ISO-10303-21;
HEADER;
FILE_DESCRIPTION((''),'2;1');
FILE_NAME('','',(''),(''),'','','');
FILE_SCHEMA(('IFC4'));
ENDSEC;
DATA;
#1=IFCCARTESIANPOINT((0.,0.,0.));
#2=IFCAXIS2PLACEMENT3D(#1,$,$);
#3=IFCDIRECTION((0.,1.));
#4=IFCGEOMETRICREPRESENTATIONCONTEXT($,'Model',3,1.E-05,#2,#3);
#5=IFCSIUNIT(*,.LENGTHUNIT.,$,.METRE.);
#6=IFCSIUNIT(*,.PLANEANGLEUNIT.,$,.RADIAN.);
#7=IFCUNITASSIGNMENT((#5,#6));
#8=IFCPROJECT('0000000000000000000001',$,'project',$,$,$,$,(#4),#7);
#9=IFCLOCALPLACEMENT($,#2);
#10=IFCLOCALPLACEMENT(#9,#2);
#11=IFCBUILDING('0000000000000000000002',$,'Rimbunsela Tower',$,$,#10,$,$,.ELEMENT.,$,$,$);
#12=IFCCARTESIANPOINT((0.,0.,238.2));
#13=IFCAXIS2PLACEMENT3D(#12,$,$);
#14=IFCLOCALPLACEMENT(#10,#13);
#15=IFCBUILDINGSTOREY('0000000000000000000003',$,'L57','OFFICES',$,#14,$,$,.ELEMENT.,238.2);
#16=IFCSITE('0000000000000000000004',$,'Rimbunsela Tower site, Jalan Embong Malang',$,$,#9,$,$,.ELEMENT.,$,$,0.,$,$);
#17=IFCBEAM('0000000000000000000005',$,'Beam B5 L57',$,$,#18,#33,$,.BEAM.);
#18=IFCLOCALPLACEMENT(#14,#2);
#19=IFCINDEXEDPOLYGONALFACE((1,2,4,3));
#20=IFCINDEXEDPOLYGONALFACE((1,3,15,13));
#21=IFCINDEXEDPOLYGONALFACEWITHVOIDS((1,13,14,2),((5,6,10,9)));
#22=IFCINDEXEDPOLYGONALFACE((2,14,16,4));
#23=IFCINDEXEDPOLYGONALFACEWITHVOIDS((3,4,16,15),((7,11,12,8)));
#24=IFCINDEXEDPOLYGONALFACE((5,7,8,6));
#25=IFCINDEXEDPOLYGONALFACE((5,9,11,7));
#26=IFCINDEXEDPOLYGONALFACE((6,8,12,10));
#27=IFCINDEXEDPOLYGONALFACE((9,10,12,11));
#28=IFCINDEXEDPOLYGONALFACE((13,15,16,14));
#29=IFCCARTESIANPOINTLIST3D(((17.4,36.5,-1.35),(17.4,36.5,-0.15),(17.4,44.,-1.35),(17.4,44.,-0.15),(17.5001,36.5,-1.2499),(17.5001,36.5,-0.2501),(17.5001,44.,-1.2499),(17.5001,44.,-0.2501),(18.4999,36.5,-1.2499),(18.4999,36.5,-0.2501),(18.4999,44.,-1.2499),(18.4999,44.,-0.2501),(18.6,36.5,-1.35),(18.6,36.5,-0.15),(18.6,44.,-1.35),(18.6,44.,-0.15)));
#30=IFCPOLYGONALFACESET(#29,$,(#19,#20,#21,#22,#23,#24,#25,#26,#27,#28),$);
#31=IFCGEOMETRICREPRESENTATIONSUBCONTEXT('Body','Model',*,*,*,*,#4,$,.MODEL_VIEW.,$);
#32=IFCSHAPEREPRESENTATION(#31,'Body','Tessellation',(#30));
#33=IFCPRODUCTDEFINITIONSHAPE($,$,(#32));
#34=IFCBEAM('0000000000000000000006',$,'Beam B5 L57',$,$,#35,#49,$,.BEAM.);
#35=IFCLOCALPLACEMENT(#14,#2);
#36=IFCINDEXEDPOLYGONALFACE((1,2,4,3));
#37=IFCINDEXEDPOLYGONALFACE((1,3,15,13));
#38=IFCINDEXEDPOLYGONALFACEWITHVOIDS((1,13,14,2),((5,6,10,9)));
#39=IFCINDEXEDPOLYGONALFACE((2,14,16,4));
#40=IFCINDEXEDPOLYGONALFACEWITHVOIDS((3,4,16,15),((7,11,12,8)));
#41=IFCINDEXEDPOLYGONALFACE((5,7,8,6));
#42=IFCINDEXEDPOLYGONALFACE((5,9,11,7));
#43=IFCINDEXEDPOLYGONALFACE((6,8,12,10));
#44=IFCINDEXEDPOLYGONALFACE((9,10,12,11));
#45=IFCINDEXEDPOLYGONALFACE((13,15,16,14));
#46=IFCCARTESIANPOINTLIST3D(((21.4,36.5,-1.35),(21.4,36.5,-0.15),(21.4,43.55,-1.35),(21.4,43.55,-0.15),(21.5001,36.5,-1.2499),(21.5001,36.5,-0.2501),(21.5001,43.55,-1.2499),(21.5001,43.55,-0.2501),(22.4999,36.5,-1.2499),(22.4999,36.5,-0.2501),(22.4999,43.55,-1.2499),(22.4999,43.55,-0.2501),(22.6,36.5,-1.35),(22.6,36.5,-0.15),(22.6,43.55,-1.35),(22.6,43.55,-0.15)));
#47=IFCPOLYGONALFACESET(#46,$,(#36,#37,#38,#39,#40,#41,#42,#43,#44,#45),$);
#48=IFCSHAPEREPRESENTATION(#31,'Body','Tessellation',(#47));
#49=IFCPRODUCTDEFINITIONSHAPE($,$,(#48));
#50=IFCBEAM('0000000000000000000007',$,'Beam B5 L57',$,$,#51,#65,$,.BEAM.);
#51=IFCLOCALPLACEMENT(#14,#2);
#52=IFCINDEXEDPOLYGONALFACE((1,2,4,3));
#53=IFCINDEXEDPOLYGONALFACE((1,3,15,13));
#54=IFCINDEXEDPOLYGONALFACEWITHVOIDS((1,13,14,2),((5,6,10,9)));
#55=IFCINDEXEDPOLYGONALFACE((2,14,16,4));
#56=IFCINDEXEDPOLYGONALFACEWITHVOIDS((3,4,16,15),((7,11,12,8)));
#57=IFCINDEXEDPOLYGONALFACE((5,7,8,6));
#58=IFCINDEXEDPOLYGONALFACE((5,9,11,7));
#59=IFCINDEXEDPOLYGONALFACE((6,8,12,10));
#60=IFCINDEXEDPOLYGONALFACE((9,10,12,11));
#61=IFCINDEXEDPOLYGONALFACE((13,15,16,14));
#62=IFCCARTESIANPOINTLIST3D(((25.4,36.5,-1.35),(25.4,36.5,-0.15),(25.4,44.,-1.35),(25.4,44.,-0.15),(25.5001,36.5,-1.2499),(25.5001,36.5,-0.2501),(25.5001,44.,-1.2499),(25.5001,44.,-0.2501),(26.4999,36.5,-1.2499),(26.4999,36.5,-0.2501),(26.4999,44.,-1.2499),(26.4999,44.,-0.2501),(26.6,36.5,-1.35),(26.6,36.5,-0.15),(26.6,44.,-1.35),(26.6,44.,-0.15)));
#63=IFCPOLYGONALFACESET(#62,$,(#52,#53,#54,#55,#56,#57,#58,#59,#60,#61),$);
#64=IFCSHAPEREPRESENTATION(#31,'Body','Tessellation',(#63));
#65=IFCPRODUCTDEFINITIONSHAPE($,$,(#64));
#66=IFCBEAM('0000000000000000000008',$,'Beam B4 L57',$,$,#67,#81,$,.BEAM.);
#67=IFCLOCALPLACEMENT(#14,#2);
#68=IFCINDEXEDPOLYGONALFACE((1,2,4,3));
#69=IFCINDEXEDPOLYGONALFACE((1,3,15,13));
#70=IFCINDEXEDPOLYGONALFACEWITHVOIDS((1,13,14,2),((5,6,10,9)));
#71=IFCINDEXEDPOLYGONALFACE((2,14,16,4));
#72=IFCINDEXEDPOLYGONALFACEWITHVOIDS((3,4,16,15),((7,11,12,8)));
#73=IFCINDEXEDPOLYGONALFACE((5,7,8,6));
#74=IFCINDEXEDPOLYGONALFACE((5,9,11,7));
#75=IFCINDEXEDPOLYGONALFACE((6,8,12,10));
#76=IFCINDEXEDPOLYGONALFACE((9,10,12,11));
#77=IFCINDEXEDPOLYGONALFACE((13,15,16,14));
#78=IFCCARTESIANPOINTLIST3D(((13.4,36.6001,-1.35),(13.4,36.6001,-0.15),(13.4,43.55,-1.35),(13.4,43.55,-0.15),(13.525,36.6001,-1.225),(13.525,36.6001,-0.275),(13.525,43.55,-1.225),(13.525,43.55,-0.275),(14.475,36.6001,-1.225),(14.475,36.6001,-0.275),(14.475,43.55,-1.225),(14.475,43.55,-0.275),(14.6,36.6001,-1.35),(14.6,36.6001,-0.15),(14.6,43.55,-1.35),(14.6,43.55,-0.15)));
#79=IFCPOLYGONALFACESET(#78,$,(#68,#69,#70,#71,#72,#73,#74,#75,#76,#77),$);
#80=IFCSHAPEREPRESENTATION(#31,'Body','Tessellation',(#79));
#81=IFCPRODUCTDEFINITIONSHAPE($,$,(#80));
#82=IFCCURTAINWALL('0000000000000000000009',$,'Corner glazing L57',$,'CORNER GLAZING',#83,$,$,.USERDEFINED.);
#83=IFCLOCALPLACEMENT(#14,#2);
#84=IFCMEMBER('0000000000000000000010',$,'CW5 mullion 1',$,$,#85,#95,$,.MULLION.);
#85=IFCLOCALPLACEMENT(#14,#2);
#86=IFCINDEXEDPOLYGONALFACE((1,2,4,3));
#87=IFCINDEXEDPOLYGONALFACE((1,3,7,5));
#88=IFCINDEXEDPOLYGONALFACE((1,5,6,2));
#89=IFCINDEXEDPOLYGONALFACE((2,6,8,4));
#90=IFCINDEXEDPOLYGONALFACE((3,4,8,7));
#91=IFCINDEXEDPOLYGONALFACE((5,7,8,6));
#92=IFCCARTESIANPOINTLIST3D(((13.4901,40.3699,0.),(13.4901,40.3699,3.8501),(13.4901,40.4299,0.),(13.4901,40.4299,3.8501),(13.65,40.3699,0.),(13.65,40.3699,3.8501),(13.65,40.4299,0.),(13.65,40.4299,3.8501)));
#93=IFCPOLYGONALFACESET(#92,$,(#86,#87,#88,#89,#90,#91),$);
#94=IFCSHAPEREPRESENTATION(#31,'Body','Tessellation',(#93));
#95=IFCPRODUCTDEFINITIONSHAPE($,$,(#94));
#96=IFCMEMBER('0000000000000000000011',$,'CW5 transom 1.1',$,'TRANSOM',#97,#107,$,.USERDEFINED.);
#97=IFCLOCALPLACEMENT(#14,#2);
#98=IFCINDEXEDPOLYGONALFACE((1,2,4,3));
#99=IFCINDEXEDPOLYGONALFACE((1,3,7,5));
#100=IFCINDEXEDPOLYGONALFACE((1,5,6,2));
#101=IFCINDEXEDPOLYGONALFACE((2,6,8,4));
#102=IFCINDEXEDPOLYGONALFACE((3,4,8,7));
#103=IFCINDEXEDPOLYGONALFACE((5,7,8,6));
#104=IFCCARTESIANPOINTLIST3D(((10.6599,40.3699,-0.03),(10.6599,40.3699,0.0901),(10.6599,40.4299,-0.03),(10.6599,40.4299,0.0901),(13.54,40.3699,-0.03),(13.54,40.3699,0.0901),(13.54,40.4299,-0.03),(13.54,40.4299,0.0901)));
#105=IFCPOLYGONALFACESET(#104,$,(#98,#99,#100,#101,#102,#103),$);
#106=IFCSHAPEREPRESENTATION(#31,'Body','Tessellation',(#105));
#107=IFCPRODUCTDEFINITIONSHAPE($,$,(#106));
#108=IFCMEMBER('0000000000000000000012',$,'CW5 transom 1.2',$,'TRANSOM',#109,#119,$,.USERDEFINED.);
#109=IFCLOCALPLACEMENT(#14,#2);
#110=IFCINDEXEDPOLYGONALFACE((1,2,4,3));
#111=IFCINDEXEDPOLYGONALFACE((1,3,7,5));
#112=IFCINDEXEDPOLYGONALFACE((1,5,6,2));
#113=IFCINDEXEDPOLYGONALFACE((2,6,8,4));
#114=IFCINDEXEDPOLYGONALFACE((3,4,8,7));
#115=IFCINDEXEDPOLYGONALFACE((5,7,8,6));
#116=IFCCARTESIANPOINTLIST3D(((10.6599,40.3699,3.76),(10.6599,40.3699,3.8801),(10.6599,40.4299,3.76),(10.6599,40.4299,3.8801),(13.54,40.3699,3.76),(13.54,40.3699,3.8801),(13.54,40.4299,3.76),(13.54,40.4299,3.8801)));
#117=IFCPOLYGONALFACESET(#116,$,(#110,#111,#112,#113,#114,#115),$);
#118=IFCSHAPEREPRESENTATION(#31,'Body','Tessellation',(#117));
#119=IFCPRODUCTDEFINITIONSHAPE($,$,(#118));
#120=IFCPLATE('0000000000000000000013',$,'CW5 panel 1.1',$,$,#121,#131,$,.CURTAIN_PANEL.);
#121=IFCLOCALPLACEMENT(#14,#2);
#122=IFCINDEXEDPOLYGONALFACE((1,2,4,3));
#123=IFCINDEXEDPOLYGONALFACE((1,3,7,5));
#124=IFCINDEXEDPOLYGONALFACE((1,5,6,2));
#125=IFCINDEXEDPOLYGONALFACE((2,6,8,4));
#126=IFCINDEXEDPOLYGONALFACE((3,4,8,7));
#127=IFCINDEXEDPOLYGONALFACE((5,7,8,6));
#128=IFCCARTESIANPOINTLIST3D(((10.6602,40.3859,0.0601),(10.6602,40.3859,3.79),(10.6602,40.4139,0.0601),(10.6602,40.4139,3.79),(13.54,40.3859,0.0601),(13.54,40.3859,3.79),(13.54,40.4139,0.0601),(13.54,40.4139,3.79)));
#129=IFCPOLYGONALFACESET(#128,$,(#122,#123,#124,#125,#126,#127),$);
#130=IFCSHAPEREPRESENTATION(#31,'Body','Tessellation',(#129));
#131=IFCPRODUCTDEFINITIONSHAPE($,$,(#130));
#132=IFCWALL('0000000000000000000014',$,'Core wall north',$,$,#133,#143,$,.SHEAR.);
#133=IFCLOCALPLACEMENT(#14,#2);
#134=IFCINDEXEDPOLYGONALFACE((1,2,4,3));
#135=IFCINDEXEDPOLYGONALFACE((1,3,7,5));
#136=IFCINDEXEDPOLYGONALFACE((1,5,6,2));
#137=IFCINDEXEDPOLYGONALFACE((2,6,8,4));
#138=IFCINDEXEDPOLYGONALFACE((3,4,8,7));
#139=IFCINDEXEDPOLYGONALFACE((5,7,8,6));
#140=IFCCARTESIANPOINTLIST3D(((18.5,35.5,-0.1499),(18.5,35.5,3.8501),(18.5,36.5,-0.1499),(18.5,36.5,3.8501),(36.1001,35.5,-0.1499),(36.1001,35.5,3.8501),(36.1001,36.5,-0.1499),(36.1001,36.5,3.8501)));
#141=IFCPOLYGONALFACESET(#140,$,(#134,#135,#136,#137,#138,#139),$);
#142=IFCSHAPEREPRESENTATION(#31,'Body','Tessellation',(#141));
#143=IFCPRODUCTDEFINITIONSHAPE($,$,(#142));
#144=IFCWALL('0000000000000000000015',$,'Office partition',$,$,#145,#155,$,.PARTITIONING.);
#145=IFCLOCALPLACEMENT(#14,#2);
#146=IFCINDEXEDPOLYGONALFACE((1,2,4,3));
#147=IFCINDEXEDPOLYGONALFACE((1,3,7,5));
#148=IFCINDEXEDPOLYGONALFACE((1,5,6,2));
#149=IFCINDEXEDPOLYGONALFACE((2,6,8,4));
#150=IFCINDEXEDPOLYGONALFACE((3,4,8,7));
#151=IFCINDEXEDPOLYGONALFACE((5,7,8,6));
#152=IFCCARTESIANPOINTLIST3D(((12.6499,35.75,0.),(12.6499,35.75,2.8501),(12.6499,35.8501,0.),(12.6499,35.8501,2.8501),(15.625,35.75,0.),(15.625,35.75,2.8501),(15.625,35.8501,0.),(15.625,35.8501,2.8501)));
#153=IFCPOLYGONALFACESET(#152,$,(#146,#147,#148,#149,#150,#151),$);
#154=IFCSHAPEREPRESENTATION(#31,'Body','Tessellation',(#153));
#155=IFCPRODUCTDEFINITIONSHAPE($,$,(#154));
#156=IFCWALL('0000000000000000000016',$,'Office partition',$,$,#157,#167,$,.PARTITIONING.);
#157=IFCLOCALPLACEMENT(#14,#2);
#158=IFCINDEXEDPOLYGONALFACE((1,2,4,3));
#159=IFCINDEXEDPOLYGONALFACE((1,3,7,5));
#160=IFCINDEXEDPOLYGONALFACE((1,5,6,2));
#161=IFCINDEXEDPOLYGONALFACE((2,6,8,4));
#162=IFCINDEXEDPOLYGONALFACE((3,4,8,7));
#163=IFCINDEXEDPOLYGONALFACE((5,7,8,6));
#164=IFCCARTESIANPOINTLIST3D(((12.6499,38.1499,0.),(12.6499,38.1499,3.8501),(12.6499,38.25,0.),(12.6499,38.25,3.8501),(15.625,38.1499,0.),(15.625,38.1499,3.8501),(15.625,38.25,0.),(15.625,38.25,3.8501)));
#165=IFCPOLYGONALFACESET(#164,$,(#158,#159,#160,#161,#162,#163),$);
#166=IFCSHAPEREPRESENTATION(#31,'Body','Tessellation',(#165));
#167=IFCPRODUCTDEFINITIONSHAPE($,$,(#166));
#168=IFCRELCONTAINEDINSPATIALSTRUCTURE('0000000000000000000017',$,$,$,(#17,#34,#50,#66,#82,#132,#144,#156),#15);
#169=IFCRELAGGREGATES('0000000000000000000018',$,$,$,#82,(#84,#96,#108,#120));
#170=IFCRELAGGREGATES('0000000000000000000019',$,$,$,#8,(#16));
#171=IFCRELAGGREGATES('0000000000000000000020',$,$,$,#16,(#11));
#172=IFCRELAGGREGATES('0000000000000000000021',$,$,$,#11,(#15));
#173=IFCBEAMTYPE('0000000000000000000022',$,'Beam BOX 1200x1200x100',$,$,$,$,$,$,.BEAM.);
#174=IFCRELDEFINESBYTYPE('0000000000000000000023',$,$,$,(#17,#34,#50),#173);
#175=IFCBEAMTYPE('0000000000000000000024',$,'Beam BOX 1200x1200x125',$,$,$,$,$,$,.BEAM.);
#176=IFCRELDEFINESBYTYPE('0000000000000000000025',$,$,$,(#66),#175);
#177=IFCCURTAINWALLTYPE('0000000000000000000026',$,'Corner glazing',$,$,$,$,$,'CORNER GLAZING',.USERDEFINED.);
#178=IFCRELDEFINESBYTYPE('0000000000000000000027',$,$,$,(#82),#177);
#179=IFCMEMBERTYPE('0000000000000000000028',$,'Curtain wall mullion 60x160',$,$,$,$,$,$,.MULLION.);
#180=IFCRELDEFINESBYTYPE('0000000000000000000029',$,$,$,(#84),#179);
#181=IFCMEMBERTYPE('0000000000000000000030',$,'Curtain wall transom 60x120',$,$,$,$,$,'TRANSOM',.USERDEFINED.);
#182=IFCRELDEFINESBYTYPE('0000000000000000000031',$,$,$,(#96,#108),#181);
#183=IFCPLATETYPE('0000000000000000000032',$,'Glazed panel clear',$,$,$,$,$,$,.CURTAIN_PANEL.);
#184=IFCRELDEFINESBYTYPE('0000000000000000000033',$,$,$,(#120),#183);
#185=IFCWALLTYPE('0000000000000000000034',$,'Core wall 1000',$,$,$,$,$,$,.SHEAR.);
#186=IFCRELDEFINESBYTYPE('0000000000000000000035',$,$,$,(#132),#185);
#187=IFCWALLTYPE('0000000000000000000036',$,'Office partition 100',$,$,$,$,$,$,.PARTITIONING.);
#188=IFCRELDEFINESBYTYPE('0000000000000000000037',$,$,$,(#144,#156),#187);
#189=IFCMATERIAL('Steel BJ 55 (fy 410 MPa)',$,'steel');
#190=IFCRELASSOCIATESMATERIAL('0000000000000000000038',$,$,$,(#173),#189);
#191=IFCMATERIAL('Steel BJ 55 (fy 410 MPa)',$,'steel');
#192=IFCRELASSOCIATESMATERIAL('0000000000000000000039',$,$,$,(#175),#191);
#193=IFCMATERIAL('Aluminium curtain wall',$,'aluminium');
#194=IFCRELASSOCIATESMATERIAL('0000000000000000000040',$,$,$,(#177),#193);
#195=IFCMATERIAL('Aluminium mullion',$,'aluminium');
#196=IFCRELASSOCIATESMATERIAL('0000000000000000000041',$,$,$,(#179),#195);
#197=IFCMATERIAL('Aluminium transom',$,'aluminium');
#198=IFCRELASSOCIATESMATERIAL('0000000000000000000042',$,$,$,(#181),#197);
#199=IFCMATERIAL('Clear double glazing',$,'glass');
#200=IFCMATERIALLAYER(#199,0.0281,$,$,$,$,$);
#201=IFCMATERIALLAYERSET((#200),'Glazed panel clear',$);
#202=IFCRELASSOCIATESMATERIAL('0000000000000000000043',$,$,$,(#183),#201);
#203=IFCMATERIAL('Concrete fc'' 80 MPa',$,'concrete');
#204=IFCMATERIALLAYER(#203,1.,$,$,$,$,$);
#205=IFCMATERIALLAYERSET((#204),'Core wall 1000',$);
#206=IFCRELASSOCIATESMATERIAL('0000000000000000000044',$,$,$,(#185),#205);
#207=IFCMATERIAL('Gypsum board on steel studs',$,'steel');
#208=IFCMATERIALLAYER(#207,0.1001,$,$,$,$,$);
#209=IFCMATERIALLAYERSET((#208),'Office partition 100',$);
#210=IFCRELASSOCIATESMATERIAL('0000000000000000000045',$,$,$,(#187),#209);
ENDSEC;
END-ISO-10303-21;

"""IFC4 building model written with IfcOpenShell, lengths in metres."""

from ifc_helpers import new_model, si_unit, direction, frame, frame_2d, origin, origin_2d, place, context, subcontext, project, spatial, rectangle, hollow_rectangle, extrude, material, layer, layer_set, material_profile, profile_set, type_object, element, aggregate, save


model = new_model("IFC4")

# Units and contexts
model_context = context("Model", 3, precision=1e-05, world=origin(), true_north=direction((0.0, 1.0)))
body_context = subcontext(model_context, "Body", "Model", "MODEL_VIEW")
ifc_project = project(units=[si_unit("LENGTHUNIT", "METRE"), si_unit("PLANEANGLEUNIT", "RADIAN")], contexts=[model_context])

# Site, building, storey
site_placement = place(None, origin())
site = spatial("IfcSite", under=ifc_project, at=site_placement, Name="Rimbunsela Tower site, Jalan Embong Malang", CompositionType="ELEMENT", RefElevation=0.0)
building_placement = place(site_placement, origin())
building = spatial("IfcBuilding", under=site, at=building_placement, Name="Rimbunsela Tower", CompositionType="ELEMENT")
storey_placement = place(building_placement, frame((0.0, 0.0, 238.2)))
storey = spatial("IfcBuildingStorey", under=building, at=storey_placement, Name="L57", Description="OFFICES", CompositionType="ELEMENT", Elevation=238.2)

# Beams
ifc_material_1 = material(Name="Steel BJ 55 (fy 410 MPa)", Category="steel")
ifc_material_profile_1 = material_profile(ifc_material_1, hollow_rectangle(XDim=1.2, YDim=1.2, WallThickness=0.1001, at=origin_2d()), Name="BOX 1200x1200x100")
ifc_profile_set_1 = profile_set([ifc_material_profile_1], Name="Steel BJ 55 (fy 410 MPa)")
beam_type_1 = type_object("IfcBeamType", Name="Beam BOX 1200x1200x100", PredefinedType="BEAM", material=ifc_profile_set_1)
beam_1_placement = place(storey_placement, frame((18.0, 36.5, -0.75), z_axis=(0.0, 1.0, 0.0), x_axis=(-1.0, 0.0, 0.0)))
element("IfcBeam", 1, at=beam_1_placement, inside=storey, type_object=beam_type_1, Name="Beam B5 L57", PredefinedType="BEAM", context=body_context, shape_type="SweptSolid", body=[
    extrude(hollow_rectangle(XDim=1.2, YDim=1.2, WallThickness=0.1001, at=origin_2d()), origin(), (0.0, 0.0, 1.0), 7.5),
])
beam_2_placement = place(storey_placement, frame((22.0, 36.5, -0.75), z_axis=(0.0, 1.0, 0.0), x_axis=(-1.0, 0.0, 0.0)))
element("IfcBeam", 2, at=beam_2_placement, inside=storey, type_object=beam_type_1, Name="Beam B5 L57", PredefinedType="BEAM", context=body_context, shape_type="SweptSolid", body=[
    extrude(hollow_rectangle(XDim=1.2, YDim=1.2, WallThickness=0.1001, at=origin_2d()), origin(), (0.0, 0.0, 1.0), 7.05),
])
beam_3_placement = place(storey_placement, frame((26.0, 36.5, -0.75), z_axis=(0.0, 1.0, 0.0), x_axis=(-1.0, 0.0, 0.0)))
element("IfcBeam", 3, at=beam_3_placement, inside=storey, type_object=beam_type_1, Name="Beam B5 L57", PredefinedType="BEAM", context=body_context, shape_type="SweptSolid", body=[
    extrude(hollow_rectangle(XDim=1.2, YDim=1.2, WallThickness=0.1001, at=origin_2d()), origin(), (0.0, 0.0, 1.0), 7.5),
])
ifc_material_2 = material(Name="Steel BJ 55 (fy 410 MPa)", Category="steel")
ifc_material_profile_2 = material_profile(ifc_material_2, hollow_rectangle(XDim=1.2, YDim=1.2, WallThickness=0.125, at=origin_2d()), Name="BOX 1200x1200x125")
ifc_profile_set_2 = profile_set([ifc_material_profile_2], Name="Steel BJ 55 (fy 410 MPa)")
beam_type_2 = type_object("IfcBeamType", Name="Beam BOX 1200x1200x125", PredefinedType="BEAM", material=ifc_profile_set_2)
beam_4_placement = place(storey_placement, frame((14.0, 36.6001, -0.75), z_axis=(0.0, 1.0, 0.0), x_axis=(-1.0, 0.0, 0.0)))
element("IfcBeam", 4, at=beam_4_placement, inside=storey, type_object=beam_type_2, Name="Beam B4 L57", PredefinedType="BEAM", context=body_context, shape_type="SweptSolid", body=[
    extrude(hollow_rectangle(XDim=1.2, YDim=1.2, WallThickness=0.125, at=origin_2d()), origin(), (0.0, 0.0, 1.0), 6.95),
])

# Curtain wall, members, plate
ifc_material_3 = material(Name="Aluminium curtain wall", Category="aluminium")
curtain_wall_type = type_object("IfcCurtainWallType", Name="Corner glazing", ElementType="CORNER GLAZING", PredefinedType="USERDEFINED", material=ifc_material_3)
curtain_wall_placement = place(storey_placement, origin())
curtain_wall = element("IfcCurtainWall", 5, at=curtain_wall_placement, inside=storey, type_object=curtain_wall_type, Name="Corner glazing L57", ObjectType="CORNER GLAZING", PredefinedType="USERDEFINED")
ifc_material_4 = material(Name="Aluminium mullion", Category="aluminium")
ifc_material_profile_3 = material_profile(ifc_material_4, rectangle(XDim=0.0601, YDim=0.1599, at=origin_2d()), Name="Mullion 60x160")
ifc_profile_set_3 = profile_set([ifc_material_profile_3], Name="Aluminium mullion")
member_type_1 = type_object("IfcMemberType", Name="Curtain wall mullion 60x160", PredefinedType="MULLION", material=ifc_profile_set_3)
member_1_placement = place(storey_placement, frame((13.5701, 40.3999, 0.0), z_axis=(0.0, 0.0, 1.0), x_axis=(0.0, -1.0, 0.0)))
member_1 = element("IfcMember", 6, at=member_1_placement, type_object=member_type_1, Name="CW5 mullion 1", PredefinedType="MULLION", context=body_context, shape_type="SweptSolid", body=[
    extrude(rectangle(XDim=0.0601, YDim=0.1599, at=origin_2d()), origin(), (0.0, 0.0, 1.0), 3.8501),
])
ifc_material_5 = material(Name="Aluminium transom", Category="aluminium")
ifc_material_profile_4 = material_profile(ifc_material_5, rectangle(XDim=0.0601, YDim=0.1201, at=origin_2d()), Name="Transom 60x120")
ifc_profile_set_4 = profile_set([ifc_material_profile_4], Name="Aluminium transom")
member_type_2 = type_object("IfcMemberType", Name="Curtain wall transom 60x120", ElementType="TRANSOM", PredefinedType="USERDEFINED", material=ifc_profile_set_4)
member_2_placement = place(storey_placement, frame((13.54, 40.3999, 0.03), z_axis=(-1.0, 0.0, 0.0), x_axis=(0.0, -1.0, 0.0)))
member_2 = element("IfcMember", 7, at=member_2_placement, type_object=member_type_2, Name="CW5 transom 1.1", ObjectType="TRANSOM", PredefinedType="USERDEFINED", context=body_context, shape_type="SweptSolid", body=[
    extrude(rectangle(XDim=0.0601, YDim=0.1201, at=origin_2d()), origin(), (0.0, 0.0, 1.0), 2.8801),
])
member_3_placement = place(storey_placement, frame((13.54, 40.3999, 3.8201), z_axis=(-1.0, 0.0, 0.0), x_axis=(0.0, -1.0, 0.0)))
member_3 = element("IfcMember", 8, at=member_3_placement, type_object=member_type_2, Name="CW5 transom 1.2", ObjectType="TRANSOM", PredefinedType="USERDEFINED", context=body_context, shape_type="SweptSolid", body=[
    extrude(rectangle(XDim=0.0601, YDim=0.1201, at=origin_2d()), origin(), (0.0, 0.0, 1.0), 2.8801),
])
ifc_material_6 = material(Name="Clear double glazing", Category="glass")
ifc_layer_1 = layer(ifc_material_6, 0.0281)
ifc_layer_set_1 = layer_set([ifc_layer_1], Name="Glazed panel clear")
plate_type = type_object("IfcPlateType", Name="Glazed panel clear", PredefinedType="CURTAIN_PANEL", material=ifc_layer_set_1)
plate_placement = place(storey_placement, frame((12.1001, 40.3999, 0.0601), z_axis=(0.0, 0.0, 1.0), x_axis=(-1.0, 0.0, 0.0)))
plate = element("IfcPlate", 9, at=plate_placement, type_object=plate_type, Name="CW5 panel 1.1", PredefinedType="CURTAIN_PANEL", context=body_context, shape_type="SweptSolid", body=[
    extrude(rectangle(XDim=2.8799, YDim=0.0281, at=origin_2d()), origin(), (0.0, 0.0, 1.0), 3.73),
])
aggregate(curtain_wall, [member_1, member_2, member_3, plate])

# Walls
ifc_material_7 = material(Name="Concrete fc' 80 MPa", Category="concrete")
ifc_layer_2 = layer(ifc_material_7, 1.0)
ifc_layer_set_2 = layer_set([ifc_layer_2], Name="Core wall 1000")
wall_type_1 = type_object("IfcWallType", Name="Core wall 1000", PredefinedType="SHEAR", material=ifc_layer_set_2)
wall_1_placement = place(storey_placement, frame((18.5, 36.0, -0.1499), z_axis=(0.0, 0.0, 1.0), x_axis=(1.0, 0.0, 0.0)))
element("IfcWall", 10, at=wall_1_placement, inside=storey, type_object=wall_type_1, Name="Core wall north", PredefinedType="SHEAR", context=body_context, shape_type="SweptSolid", body=[
    extrude(rectangle(XDim=17.6001, YDim=1.0, at=frame_2d((8.8, 0.0))), origin(), (0.0, 0.0, 1.0), 4.0),
])
ifc_material_8 = material(Name="Gypsum board on steel studs", Category="steel")
ifc_layer_3 = layer(ifc_material_8, 0.1001)
ifc_layer_set_3 = layer_set([ifc_layer_3], Name="Office partition 100")
wall_type_2 = type_object("IfcWallType", Name="Office partition 100", PredefinedType="PARTITIONING", material=ifc_layer_set_3)
wall_2_placement = place(storey_placement, frame((12.6499, 35.8, 0.0), z_axis=(0.0, 0.0, 1.0), x_axis=(1.0, 0.0, 0.0)))
element("IfcWall", 11, at=wall_2_placement, inside=storey, type_object=wall_type_2, Name="Office partition", PredefinedType="PARTITIONING", context=body_context, shape_type="SweptSolid", body=[
    extrude(rectangle(XDim=2.9751, YDim=0.1001, at=frame_2d((1.4875, 0.0))), origin(), (0.0, 0.0, 1.0), 2.8501),
])
wall_3_placement = place(storey_placement, frame((12.6499, 38.2, 0.0), z_axis=(0.0, 0.0, 1.0), x_axis=(1.0, 0.0, 0.0)))
element("IfcWall", 12, at=wall_3_placement, inside=storey, type_object=wall_type_2, Name="Office partition", PredefinedType="PARTITIONING", context=body_context, shape_type="SweptSolid", body=[
    extrude(rectangle(XDim=2.9751, YDim=0.1001, at=frame_2d((1.4875, 0.0))), origin(), (0.0, 0.0, 1.0), 3.8501),
])

save(model, "model.ifc")
